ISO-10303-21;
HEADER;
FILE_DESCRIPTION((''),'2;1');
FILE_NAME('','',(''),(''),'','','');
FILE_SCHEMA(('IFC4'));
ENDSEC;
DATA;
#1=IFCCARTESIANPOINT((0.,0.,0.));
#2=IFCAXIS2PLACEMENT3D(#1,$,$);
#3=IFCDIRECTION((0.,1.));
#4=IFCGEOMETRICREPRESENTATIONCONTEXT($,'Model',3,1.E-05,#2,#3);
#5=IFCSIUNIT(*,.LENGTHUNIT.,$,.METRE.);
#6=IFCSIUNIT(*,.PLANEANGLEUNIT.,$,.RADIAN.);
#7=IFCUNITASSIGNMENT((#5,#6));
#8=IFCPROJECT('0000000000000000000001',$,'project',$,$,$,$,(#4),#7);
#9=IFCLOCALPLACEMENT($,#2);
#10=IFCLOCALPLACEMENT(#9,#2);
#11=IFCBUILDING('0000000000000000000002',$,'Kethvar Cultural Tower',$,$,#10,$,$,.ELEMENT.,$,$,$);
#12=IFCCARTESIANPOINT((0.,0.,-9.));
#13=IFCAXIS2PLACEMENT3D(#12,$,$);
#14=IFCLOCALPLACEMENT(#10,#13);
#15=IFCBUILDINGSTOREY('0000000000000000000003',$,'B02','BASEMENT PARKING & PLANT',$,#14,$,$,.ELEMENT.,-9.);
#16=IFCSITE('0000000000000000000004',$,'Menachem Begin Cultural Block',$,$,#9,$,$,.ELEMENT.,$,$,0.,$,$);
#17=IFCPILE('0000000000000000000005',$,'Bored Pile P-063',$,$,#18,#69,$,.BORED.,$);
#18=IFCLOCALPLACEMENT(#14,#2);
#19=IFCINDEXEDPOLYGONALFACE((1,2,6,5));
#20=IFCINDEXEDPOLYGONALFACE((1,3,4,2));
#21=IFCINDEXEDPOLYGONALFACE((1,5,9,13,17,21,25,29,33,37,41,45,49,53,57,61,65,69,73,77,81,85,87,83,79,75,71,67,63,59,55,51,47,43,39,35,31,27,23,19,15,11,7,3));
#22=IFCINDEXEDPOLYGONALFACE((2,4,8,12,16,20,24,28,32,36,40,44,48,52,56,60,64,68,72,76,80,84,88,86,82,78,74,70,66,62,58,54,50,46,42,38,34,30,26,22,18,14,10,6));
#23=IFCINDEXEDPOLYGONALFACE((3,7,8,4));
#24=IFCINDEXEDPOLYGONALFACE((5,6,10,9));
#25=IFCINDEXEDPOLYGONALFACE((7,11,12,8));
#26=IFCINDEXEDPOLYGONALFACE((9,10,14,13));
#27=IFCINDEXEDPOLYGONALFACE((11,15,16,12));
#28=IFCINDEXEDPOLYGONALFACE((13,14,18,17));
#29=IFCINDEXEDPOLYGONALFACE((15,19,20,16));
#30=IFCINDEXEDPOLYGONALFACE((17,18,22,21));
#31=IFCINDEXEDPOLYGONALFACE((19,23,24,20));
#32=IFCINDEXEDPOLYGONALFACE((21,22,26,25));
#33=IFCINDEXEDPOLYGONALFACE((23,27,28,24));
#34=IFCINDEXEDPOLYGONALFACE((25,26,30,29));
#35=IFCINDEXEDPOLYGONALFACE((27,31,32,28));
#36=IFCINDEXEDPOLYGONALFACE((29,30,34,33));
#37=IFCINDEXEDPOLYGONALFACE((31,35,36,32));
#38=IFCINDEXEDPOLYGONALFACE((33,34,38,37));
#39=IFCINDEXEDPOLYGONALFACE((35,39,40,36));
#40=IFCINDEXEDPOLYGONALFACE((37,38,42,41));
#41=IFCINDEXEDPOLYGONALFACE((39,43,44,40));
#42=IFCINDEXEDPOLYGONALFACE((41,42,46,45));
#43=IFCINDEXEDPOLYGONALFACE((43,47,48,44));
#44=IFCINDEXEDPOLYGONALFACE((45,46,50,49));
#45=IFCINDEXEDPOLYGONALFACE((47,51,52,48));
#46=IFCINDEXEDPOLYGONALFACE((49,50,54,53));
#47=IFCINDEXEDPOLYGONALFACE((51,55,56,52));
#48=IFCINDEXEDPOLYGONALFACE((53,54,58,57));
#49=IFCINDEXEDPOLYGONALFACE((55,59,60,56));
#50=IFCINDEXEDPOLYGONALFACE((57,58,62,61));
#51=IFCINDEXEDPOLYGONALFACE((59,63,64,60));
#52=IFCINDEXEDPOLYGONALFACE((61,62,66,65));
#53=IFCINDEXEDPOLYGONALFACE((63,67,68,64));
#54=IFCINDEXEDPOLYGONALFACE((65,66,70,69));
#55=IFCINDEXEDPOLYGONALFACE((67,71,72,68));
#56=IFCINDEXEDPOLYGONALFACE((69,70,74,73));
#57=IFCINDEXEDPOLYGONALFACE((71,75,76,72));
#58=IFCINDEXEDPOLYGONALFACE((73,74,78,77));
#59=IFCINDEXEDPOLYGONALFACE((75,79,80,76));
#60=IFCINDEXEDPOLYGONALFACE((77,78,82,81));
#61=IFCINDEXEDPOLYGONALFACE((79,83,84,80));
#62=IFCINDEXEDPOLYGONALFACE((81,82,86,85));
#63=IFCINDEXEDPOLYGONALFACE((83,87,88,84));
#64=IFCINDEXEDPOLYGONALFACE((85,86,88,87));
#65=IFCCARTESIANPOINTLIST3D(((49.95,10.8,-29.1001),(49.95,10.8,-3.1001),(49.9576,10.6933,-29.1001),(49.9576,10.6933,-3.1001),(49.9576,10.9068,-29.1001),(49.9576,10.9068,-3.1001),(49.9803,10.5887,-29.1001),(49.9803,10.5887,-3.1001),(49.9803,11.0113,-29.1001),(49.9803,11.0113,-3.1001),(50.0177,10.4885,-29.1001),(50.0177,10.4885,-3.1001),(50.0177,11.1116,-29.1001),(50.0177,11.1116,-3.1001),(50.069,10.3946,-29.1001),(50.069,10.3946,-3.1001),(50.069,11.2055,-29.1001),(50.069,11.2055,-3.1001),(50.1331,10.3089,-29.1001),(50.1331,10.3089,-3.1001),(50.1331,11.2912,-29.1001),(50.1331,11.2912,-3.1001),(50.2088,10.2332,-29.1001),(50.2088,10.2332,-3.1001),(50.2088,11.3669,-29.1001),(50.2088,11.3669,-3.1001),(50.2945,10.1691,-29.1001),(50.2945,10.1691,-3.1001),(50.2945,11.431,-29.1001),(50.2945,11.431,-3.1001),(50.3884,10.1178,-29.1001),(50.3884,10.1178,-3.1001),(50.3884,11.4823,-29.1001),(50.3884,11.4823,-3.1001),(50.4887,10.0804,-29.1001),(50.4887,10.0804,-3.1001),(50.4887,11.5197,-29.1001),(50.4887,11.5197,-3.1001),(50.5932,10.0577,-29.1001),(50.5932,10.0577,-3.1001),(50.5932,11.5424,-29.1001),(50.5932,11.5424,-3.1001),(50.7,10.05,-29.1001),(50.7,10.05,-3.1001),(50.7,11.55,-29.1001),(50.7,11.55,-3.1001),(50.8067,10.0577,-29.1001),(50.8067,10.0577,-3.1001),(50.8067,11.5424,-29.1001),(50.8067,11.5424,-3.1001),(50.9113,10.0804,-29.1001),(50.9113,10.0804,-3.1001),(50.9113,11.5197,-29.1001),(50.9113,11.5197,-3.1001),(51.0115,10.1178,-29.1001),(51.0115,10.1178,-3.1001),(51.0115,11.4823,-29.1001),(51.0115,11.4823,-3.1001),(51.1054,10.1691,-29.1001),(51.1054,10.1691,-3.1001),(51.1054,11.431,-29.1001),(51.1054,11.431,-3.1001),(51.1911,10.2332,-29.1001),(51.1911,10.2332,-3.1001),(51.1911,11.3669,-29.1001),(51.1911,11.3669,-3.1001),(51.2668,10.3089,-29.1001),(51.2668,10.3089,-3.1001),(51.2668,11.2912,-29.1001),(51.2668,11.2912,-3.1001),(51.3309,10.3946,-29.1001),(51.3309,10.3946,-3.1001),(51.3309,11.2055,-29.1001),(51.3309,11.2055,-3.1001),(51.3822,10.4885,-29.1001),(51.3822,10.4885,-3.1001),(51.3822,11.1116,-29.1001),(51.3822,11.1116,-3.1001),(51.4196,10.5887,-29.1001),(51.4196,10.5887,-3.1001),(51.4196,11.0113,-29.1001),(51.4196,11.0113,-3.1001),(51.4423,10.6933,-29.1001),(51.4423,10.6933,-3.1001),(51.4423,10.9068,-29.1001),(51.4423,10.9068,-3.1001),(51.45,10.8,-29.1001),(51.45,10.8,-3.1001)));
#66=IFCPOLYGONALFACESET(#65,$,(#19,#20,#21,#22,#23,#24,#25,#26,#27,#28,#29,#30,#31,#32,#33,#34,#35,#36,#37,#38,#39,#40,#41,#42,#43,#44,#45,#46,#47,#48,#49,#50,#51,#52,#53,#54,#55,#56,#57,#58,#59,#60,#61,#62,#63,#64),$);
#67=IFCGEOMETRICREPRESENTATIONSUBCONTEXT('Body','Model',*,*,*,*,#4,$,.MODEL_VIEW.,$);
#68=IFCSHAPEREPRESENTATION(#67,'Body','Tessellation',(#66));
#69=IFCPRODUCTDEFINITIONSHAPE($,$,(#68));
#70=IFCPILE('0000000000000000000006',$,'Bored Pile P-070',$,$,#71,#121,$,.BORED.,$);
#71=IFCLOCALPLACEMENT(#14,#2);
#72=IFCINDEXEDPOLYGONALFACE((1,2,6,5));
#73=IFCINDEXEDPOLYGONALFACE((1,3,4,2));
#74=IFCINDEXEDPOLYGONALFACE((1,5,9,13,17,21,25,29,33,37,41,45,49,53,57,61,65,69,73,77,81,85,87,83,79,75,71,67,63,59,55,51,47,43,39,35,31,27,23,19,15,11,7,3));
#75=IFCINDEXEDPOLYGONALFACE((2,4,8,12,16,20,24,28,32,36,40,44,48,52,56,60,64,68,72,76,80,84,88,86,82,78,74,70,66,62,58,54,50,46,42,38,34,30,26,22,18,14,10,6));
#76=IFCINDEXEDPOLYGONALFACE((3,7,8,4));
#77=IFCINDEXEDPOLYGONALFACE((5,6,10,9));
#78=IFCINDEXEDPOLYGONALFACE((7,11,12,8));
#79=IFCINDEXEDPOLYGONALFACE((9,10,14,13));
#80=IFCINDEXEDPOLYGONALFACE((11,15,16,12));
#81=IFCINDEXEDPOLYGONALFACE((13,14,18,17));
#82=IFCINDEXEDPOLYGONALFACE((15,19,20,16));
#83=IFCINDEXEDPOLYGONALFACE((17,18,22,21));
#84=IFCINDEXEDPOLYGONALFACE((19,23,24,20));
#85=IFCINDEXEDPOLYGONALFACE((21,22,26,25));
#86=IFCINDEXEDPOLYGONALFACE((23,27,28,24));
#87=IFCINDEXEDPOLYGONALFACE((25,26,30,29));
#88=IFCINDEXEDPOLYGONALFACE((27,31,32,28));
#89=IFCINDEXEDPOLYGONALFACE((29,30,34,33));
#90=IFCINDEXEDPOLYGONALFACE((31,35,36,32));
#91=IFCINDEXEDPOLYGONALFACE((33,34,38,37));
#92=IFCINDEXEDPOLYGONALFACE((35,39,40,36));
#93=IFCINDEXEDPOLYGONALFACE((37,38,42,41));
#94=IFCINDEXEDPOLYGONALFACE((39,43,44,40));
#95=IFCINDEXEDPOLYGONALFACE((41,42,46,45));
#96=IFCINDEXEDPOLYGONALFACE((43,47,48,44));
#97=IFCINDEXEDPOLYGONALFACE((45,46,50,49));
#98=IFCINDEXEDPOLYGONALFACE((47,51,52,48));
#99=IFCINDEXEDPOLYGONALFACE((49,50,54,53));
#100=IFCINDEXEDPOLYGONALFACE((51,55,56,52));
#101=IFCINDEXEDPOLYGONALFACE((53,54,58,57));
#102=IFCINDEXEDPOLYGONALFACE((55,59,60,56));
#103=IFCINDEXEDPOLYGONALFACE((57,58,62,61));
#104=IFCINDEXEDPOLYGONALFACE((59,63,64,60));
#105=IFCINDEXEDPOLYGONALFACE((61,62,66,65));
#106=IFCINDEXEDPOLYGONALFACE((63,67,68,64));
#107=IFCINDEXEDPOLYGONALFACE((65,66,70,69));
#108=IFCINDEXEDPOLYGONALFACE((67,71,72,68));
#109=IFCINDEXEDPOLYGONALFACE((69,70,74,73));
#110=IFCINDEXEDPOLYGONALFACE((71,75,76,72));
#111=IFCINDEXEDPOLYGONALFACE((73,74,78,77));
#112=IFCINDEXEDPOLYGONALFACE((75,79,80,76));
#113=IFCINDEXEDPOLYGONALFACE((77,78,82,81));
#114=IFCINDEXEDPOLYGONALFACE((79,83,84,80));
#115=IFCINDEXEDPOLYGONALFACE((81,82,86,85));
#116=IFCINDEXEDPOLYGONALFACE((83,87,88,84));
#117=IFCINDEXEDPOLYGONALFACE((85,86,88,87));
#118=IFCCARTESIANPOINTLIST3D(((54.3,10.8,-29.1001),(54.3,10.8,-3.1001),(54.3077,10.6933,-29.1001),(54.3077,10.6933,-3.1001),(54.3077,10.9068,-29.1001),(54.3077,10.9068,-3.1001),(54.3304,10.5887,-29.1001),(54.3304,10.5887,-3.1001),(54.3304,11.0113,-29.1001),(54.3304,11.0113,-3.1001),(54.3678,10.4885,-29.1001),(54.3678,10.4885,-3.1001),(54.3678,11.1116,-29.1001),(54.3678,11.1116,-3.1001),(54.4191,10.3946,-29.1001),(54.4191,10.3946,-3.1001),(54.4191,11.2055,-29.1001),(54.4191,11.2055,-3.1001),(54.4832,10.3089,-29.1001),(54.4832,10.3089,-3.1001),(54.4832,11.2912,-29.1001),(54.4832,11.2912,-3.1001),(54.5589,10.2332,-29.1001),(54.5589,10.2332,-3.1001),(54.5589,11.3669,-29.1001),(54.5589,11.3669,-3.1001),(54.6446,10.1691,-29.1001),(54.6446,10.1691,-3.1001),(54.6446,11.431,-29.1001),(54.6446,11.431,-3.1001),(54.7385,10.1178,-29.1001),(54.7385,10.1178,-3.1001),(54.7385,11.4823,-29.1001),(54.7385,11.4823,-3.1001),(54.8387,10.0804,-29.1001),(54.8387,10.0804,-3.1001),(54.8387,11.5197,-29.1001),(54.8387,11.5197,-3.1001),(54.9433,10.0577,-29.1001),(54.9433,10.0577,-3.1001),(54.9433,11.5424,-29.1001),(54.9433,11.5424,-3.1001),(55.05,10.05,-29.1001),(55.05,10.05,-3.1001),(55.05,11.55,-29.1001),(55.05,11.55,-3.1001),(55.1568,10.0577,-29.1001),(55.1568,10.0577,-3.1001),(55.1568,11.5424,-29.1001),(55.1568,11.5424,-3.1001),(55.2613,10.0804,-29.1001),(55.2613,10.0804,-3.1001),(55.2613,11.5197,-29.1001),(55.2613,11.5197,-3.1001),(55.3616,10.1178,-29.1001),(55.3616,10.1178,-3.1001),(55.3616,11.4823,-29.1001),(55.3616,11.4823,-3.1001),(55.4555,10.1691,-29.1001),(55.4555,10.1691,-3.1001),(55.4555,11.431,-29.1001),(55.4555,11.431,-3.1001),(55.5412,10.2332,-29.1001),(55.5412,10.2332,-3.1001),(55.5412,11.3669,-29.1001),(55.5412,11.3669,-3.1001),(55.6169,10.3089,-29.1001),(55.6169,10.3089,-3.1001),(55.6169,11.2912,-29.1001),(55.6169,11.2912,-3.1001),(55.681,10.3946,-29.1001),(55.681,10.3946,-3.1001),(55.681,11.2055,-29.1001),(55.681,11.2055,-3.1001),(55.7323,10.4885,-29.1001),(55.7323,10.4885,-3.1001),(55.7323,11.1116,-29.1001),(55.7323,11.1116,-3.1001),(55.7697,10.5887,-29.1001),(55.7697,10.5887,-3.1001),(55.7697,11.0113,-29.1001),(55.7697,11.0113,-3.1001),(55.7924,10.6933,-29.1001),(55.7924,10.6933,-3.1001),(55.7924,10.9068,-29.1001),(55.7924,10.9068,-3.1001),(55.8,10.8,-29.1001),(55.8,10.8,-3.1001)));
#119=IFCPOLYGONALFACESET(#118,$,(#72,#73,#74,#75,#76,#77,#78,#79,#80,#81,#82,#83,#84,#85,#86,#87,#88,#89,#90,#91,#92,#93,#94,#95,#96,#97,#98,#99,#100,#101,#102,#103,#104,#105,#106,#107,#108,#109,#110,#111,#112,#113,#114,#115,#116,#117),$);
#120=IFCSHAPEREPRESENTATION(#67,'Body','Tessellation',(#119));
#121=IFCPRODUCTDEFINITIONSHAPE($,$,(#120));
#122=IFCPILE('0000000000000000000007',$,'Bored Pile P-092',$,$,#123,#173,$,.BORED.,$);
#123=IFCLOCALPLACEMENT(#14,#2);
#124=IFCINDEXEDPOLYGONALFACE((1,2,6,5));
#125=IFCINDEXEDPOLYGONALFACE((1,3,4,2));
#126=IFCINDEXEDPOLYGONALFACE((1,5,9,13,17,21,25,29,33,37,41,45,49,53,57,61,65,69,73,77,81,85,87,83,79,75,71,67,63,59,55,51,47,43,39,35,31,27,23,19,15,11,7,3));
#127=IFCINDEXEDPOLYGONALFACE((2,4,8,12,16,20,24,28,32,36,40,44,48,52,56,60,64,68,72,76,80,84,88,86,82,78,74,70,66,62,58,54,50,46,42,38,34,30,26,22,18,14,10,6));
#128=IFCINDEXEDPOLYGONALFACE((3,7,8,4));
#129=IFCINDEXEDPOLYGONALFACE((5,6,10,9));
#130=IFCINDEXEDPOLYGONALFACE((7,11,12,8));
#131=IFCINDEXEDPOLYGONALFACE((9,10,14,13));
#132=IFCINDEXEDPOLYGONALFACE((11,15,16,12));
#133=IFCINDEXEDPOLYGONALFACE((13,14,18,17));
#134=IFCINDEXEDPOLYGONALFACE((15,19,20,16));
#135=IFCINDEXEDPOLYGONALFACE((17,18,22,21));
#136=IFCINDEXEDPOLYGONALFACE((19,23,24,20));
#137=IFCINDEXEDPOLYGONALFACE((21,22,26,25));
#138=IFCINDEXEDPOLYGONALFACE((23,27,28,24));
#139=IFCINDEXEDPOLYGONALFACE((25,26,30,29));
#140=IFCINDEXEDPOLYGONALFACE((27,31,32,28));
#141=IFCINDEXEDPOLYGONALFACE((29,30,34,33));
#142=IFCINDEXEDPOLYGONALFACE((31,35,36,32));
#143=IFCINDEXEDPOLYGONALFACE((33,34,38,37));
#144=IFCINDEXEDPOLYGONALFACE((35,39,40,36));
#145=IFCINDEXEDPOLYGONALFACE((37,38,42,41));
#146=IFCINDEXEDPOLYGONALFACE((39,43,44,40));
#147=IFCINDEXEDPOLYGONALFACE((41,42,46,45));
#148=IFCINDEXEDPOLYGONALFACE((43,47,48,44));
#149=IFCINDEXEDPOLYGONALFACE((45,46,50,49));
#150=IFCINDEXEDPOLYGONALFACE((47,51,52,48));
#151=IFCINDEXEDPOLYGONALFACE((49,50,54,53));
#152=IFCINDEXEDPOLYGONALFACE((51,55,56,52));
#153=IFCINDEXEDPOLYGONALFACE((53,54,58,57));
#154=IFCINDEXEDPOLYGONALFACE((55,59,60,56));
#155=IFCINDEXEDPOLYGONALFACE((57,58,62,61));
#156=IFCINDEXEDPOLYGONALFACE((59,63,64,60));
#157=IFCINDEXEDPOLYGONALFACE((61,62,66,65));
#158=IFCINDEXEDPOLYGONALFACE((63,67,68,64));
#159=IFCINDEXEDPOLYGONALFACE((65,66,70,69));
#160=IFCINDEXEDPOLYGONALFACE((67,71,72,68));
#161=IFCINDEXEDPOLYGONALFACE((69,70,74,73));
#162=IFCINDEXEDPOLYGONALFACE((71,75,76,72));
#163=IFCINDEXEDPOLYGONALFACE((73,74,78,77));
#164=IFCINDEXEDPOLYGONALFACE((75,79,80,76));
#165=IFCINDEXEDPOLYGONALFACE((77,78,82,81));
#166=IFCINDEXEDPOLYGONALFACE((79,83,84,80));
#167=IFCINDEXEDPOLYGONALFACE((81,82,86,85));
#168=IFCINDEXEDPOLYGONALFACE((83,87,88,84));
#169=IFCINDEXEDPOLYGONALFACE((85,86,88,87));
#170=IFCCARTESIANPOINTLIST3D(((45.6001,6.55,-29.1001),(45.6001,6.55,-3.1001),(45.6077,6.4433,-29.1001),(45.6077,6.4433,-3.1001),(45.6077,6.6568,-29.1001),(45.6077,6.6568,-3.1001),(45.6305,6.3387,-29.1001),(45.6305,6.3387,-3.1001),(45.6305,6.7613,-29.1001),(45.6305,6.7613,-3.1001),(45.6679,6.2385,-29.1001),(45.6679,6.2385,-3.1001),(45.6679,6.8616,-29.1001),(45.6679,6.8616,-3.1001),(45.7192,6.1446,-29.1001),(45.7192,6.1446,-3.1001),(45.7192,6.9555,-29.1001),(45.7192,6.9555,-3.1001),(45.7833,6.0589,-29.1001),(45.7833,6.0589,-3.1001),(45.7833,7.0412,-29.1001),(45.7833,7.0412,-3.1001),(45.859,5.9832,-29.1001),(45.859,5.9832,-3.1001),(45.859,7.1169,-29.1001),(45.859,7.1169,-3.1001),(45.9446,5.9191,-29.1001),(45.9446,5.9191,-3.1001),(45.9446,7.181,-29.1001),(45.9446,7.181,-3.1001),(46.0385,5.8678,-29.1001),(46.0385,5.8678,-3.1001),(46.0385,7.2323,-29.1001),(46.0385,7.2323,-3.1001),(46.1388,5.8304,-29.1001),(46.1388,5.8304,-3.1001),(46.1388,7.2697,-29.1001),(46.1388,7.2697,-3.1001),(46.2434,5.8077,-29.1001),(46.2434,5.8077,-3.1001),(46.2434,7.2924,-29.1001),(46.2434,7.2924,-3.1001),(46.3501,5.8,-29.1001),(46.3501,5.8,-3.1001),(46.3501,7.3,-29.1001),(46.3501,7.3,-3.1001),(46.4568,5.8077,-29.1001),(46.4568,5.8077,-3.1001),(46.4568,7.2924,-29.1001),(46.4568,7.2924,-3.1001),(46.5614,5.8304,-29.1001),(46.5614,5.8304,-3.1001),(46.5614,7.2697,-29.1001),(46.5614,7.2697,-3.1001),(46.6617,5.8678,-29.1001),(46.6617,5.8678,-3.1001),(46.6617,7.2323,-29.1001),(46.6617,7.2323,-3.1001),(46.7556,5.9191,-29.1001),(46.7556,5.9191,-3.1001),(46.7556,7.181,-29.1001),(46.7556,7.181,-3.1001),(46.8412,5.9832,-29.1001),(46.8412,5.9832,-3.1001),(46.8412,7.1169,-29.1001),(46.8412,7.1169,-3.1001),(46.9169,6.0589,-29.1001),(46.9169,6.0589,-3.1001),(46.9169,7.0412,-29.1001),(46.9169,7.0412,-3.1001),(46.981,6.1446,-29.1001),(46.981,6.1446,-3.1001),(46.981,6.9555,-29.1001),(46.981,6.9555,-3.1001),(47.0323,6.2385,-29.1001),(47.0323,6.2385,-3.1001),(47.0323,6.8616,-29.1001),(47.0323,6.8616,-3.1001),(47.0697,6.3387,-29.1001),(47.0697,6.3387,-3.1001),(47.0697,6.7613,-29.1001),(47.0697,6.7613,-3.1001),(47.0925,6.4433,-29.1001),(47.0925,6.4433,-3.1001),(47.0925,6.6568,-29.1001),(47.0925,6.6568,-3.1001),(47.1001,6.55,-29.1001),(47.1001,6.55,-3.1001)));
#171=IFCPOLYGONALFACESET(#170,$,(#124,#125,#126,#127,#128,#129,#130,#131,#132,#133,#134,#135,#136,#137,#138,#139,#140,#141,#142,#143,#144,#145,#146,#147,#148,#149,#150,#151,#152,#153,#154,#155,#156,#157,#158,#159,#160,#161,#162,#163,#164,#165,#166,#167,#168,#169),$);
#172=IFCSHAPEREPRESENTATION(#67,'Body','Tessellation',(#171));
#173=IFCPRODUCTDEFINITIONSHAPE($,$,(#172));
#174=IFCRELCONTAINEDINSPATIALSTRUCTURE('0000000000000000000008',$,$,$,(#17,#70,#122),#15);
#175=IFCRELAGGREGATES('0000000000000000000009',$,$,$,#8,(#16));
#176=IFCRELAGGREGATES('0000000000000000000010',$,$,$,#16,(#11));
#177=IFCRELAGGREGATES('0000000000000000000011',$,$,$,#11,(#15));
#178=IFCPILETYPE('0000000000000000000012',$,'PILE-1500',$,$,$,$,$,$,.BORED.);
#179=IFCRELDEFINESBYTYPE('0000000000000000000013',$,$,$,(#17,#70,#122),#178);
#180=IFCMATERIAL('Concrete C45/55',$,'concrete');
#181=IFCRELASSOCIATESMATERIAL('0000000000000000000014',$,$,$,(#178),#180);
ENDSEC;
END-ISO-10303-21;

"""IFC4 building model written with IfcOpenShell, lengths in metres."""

from ifc_helpers import new_model, si_unit, direction, frame, origin, origin_2d, place, context, subcontext, project, spatial, circle, extrude, source, transform, mapped, material, material_profile, profile_set, type_object, element, save


model = new_model("IFC4")

# Units and contexts
model_context = context("Model", 3, precision=1e-05, world=origin(), true_north=direction((0.0, 1.0)))
body_context = subcontext(model_context, "Body", "Model", "MODEL_VIEW")
ifc_project = project(units=[si_unit("LENGTHUNIT", "METRE"), si_unit("PLANEANGLEUNIT", "RADIAN")], contexts=[model_context])

# Site, building, storey
site_placement = place(None, origin())
site = spatial("IfcSite", under=ifc_project, at=site_placement, Name="Menachem Begin Cultural Block", CompositionType="ELEMENT", RefElevation=0.0)
building_placement = place(site_placement, origin())
building = spatial("IfcBuilding", under=site, at=building_placement, Name="Kethvar Cultural Tower", CompositionType="ELEMENT")
storey_placement = place(building_placement, frame((0.0, 0.0, -9.0)))
storey = spatial("IfcBuildingStorey", under=building, at=storey_placement, Name="B02", Description="BASEMENT PARKING & PLANT", CompositionType="ELEMENT", Elevation=-9.0)

# Piles
ifc_material_1 = material(Name="Concrete C45/55", Category="concrete")
ifc_material_profile_1 = material_profile(ifc_material_1, circle(Radius=0.75, at=origin_2d()), Name="Concrete C45/55 — PILE1500")
ifc_profile_set_1 = profile_set([ifc_material_profile_1], Name="Concrete C45/55 — PILE1500")
pile_type = type_object("IfcPileType", Name="PILE-1500", PredefinedType="BORED", material=ifc_profile_set_1)
shared_shape_1 = source(origin(), body_context, "Body", "SweptSolid", [
    extrude(circle(Radius=0.75, at=origin_2d()), origin(), (0.0, 0.0, 1.0), 26.0),
])
for number, where, z_axis, x_axis, name in (
    (1, (50.7, 10.8, -3.1001), (0.0, 0.0, -1.0), (1.0, 0.0, 0.0), "Bored Pile P-063"),
    (2, (55.05, 10.8, -3.1001), (0.0, 0.0, -1.0), (1.0, 0.0, 0.0), "Bored Pile P-070"),
    (3, (46.3501, 6.55, -3.1001), (0.0, 0.0, -1.0), (1.0, 0.0, 0.0), "Bored Pile P-092"),
):
    element("IfcPile", number, at=place(storey_placement, frame(where, z_axis=z_axis, x_axis=x_axis)), inside=storey, type_object=pile_type, Name=name, PredefinedType="BORED", context=body_context, shape_type="MappedRepresentation", body=[
        mapped(shared_shape_1, transform((0.0, 0.0, 0.0), scale=1.0)),
    ])

save(model, "model.ifc")
